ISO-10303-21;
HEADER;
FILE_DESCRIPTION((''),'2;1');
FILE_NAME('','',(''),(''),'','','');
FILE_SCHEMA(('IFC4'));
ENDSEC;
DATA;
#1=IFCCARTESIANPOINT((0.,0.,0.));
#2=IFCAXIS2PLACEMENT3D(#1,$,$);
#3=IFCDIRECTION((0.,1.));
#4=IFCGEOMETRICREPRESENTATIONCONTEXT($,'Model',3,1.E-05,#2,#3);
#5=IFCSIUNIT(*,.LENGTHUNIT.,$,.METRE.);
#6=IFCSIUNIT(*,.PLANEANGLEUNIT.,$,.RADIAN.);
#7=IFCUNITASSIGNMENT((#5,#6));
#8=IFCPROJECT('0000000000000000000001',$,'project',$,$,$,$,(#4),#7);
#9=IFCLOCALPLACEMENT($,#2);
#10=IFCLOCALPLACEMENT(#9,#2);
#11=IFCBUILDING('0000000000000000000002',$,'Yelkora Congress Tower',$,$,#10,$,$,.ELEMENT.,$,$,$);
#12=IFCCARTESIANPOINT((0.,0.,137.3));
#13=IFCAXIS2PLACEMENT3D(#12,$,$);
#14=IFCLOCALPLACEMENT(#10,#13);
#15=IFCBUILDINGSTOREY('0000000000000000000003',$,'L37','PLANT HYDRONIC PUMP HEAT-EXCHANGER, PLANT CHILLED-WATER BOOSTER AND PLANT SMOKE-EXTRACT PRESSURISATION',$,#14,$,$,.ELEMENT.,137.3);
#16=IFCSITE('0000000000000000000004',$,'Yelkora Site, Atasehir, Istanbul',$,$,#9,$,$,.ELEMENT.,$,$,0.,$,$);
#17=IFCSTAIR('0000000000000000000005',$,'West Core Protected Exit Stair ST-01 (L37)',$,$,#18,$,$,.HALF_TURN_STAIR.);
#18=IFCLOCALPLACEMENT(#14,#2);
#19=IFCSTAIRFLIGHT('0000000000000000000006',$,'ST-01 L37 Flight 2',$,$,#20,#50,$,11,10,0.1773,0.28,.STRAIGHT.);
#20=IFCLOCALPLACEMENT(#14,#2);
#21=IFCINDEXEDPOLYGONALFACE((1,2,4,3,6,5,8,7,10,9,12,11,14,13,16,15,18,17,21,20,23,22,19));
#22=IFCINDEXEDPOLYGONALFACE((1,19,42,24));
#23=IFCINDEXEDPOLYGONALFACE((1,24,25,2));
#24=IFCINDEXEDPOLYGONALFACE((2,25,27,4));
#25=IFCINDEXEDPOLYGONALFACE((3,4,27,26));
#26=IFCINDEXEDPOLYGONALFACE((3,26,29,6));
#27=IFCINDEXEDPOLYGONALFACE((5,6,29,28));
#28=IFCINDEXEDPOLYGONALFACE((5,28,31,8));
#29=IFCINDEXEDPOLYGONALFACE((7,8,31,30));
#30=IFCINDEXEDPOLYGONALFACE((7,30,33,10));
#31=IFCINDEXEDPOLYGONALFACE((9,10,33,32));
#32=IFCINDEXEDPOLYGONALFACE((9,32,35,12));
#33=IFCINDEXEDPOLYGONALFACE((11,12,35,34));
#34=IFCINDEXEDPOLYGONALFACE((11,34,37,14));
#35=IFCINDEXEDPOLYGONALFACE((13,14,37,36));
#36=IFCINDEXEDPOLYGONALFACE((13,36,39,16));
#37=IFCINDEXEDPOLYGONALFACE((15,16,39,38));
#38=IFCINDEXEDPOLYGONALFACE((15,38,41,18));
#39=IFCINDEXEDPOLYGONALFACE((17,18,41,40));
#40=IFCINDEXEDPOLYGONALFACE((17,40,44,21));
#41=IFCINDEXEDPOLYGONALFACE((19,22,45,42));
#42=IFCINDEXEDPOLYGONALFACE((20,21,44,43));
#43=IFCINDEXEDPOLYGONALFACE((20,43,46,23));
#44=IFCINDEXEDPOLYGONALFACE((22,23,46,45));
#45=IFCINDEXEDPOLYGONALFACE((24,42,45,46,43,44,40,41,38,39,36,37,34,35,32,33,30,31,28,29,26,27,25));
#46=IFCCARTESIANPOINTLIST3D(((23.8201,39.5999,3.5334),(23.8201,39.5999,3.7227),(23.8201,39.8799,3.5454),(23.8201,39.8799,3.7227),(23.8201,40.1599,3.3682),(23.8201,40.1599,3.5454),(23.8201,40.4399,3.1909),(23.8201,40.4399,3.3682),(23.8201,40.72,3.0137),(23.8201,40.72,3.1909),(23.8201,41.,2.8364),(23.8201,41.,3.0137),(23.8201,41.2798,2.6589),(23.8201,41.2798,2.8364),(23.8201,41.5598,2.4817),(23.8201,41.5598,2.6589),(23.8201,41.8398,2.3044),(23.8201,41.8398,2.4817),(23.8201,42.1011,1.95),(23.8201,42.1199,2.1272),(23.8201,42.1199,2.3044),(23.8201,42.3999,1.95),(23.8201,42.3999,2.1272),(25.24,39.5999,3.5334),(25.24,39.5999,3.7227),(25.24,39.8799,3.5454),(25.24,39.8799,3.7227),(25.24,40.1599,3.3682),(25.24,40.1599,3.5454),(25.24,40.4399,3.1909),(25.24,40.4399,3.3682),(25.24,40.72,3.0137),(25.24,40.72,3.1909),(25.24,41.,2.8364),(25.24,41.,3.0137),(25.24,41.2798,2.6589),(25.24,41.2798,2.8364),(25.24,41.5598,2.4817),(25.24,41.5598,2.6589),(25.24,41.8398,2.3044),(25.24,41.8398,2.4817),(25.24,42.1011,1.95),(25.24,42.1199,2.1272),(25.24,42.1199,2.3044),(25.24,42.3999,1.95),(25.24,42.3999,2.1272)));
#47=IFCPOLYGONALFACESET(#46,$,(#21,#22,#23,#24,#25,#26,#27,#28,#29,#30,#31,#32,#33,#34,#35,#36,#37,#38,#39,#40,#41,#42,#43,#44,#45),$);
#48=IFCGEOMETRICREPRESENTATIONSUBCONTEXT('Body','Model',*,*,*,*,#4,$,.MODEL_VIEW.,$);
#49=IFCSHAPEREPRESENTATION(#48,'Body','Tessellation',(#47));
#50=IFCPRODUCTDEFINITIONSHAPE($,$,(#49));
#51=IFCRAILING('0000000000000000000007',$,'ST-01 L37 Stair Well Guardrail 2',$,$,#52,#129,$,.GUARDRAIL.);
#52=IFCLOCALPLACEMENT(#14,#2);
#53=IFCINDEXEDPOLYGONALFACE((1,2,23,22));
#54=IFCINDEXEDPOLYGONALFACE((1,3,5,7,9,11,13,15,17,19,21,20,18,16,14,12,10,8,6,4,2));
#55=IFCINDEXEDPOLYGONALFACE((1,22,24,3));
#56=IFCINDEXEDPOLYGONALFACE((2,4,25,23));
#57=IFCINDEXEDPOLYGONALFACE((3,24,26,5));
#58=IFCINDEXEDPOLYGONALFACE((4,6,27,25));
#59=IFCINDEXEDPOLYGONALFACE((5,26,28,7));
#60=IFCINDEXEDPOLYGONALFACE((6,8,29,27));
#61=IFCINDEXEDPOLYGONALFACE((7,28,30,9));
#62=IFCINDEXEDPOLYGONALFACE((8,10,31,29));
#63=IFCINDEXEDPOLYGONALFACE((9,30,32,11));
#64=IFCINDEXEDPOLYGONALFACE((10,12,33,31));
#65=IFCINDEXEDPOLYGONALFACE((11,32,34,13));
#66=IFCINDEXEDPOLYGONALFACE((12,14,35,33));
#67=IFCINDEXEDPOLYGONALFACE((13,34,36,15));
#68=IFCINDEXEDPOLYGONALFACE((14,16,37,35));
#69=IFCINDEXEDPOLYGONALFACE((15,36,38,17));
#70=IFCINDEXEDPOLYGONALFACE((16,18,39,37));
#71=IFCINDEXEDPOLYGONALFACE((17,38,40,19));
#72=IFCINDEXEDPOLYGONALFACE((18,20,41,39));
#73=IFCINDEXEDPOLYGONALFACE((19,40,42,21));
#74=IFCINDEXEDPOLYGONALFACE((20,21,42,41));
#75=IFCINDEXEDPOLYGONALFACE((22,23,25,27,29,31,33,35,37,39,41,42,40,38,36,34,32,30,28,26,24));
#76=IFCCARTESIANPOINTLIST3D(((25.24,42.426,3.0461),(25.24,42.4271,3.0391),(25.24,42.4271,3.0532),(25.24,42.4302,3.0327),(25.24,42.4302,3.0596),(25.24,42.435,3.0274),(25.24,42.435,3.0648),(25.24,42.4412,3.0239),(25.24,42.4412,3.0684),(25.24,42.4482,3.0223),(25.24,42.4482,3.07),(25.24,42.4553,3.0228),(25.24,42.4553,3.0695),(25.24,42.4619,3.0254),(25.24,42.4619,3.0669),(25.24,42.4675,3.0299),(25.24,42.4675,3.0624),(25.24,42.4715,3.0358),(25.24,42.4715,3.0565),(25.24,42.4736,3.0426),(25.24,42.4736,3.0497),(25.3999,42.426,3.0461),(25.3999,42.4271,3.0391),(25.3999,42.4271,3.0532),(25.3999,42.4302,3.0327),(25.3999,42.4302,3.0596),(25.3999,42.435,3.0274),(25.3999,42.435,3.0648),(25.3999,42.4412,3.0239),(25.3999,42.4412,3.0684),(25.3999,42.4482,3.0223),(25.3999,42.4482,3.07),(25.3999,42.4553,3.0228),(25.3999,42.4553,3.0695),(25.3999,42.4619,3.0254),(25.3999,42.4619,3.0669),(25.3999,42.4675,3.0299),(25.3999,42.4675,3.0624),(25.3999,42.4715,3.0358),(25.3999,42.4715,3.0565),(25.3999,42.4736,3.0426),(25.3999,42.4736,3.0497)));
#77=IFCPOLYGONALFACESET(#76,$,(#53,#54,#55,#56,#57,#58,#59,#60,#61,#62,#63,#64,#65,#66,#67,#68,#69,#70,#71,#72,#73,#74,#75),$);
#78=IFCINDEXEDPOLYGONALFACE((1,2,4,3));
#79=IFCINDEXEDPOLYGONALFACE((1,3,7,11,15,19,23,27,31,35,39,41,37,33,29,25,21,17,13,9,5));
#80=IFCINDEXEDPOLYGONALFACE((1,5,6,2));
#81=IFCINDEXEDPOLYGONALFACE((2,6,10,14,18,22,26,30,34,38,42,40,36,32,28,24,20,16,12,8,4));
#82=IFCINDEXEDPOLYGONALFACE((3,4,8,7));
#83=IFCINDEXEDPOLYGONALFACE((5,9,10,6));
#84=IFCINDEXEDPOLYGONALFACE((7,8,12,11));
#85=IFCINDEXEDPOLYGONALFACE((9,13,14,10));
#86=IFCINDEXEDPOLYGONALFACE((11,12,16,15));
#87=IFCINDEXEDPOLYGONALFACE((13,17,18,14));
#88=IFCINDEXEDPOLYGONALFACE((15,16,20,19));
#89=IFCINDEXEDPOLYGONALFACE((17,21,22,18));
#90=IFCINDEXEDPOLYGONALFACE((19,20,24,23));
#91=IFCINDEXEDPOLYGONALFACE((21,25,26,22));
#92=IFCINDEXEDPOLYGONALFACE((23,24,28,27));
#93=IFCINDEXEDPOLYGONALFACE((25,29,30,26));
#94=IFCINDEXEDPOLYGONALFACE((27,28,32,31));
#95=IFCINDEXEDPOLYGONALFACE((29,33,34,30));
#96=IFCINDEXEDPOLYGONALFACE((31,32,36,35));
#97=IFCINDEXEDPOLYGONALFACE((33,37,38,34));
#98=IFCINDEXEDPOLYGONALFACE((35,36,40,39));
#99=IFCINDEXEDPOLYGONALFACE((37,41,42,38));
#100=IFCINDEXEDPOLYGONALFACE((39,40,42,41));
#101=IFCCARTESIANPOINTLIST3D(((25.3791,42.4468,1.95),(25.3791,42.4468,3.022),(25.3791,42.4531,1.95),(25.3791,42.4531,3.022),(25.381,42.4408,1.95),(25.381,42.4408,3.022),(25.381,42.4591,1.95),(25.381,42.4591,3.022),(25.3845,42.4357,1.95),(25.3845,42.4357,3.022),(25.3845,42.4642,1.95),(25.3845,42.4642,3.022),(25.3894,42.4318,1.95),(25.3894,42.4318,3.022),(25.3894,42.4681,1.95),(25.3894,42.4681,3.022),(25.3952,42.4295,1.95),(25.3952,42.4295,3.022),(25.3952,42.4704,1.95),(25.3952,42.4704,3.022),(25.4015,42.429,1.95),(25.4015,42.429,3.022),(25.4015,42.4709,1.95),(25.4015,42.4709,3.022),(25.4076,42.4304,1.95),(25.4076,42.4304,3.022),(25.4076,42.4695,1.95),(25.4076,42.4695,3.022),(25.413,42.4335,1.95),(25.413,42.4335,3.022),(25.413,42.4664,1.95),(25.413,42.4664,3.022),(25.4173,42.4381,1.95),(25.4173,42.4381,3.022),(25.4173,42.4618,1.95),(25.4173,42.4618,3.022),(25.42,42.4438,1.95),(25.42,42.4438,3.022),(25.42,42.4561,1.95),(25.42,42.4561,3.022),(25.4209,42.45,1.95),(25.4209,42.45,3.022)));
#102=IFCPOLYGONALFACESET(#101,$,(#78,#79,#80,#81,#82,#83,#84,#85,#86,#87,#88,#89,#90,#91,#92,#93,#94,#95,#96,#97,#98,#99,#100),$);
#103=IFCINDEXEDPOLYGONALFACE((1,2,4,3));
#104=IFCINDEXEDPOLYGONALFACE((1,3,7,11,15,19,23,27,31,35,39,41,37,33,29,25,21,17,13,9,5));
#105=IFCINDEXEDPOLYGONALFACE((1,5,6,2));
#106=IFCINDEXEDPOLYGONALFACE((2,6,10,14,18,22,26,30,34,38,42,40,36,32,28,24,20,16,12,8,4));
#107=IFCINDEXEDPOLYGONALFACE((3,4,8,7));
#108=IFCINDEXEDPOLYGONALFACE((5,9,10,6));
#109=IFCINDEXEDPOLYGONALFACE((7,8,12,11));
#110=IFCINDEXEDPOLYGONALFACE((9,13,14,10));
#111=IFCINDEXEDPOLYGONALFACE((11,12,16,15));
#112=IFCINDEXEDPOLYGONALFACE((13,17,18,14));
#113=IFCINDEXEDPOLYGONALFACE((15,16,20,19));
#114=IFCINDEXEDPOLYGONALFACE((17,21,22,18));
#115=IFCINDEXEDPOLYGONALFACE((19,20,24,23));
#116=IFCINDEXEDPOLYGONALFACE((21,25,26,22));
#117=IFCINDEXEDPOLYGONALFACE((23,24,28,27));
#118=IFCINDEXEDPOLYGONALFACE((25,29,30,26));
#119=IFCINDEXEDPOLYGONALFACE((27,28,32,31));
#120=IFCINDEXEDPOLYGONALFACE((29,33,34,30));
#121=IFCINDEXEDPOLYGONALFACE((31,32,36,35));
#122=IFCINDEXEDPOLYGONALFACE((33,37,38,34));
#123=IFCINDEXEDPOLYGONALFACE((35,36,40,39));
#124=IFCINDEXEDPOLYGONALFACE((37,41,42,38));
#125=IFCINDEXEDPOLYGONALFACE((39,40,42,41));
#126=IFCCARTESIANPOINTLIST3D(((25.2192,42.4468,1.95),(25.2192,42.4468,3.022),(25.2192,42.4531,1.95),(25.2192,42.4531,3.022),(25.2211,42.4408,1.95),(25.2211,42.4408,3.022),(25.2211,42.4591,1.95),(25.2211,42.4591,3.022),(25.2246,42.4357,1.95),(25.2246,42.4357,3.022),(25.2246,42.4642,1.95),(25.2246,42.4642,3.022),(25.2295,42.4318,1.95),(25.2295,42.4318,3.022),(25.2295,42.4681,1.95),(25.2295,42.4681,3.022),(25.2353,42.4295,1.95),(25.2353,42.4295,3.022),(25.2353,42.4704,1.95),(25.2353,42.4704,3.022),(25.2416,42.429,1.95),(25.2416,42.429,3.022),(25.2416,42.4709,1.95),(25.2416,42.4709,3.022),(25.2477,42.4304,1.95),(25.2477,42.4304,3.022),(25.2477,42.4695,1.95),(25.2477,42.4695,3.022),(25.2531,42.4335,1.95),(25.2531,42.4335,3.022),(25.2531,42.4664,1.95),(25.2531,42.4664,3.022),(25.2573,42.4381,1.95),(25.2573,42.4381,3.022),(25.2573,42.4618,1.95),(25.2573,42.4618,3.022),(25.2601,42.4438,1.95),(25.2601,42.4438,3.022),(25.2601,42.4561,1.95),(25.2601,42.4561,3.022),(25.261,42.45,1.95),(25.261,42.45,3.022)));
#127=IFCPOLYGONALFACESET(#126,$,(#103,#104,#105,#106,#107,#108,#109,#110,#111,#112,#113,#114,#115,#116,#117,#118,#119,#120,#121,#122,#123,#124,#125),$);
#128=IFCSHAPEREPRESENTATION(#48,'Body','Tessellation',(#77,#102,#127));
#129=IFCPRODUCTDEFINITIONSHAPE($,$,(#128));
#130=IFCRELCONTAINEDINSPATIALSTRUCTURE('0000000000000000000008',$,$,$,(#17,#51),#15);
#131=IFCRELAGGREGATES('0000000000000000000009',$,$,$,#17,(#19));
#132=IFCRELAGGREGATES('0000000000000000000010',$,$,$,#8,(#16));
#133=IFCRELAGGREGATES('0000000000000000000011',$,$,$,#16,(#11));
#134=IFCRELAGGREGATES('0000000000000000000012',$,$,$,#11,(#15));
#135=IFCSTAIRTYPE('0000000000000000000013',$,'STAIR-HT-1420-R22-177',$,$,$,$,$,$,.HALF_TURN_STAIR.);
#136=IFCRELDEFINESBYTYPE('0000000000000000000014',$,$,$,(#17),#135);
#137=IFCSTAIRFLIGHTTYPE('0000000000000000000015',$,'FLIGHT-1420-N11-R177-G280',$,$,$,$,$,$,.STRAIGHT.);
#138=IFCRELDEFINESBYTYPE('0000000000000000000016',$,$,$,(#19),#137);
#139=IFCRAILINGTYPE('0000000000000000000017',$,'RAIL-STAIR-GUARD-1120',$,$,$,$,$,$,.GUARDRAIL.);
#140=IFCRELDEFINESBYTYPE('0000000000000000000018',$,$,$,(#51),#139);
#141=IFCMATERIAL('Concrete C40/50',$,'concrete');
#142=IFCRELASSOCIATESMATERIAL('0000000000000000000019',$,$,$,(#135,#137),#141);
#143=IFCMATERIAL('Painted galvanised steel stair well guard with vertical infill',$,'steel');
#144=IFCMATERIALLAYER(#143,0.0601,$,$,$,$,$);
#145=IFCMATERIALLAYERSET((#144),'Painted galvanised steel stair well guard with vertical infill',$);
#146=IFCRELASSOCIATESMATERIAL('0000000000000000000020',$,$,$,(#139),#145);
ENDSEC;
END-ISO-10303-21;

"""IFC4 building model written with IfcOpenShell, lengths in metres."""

from ifc_helpers import new_model, si_unit, direction, frame, origin, origin_2d, place, context, subcontext, project, spatial, polyline, circle, outline, extrude, material, layer, layer_set, type_object, element, aggregate, save


model = new_model("IFC4")

# Units and contexts
model_context = context("Model", 3, precision=1e-05, world=origin(), true_north=direction((0.0, 1.0)))
body_context = subcontext(model_context, "Body", "Model", "MODEL_VIEW")
ifc_project = project(units=[si_unit("LENGTHUNIT", "METRE"), si_unit("PLANEANGLEUNIT", "RADIAN")], contexts=[model_context])

# Site, building, storey
site_placement = place(None, origin())
site = spatial("IfcSite", under=ifc_project, at=site_placement, Name="Yelkora Site, Atasehir, Istanbul", CompositionType="ELEMENT", RefElevation=0.0)
building_placement = place(site_placement, origin())
building = spatial("IfcBuilding", under=site, at=building_placement, Name="Yelkora Congress Tower", CompositionType="ELEMENT")
storey_placement = place(building_placement, frame((0.0, 0.0, 137.3)))
storey = spatial("IfcBuildingStorey", under=building, at=storey_placement, Name="L37", Description="PLANT HYDRONIC PUMP HEAT-EXCHANGER, PLANT CHILLED-WATER BOOSTER AND PLANT SMOKE-EXTRACT PRESSURISATION", CompositionType="ELEMENT", Elevation=137.3)

# Stair, stair flight
ifc_material_1 = material(Name="Concrete C40/50", Category="concrete")
stair_type = type_object("IfcStairType", Name="STAIR-HT-1420-R22-177", PredefinedType="HALF_TURN_STAIR", material=ifc_material_1)
stair_placement = place(storey_placement, origin())
stair = element("IfcStair", 1, at=stair_placement, inside=storey, type_object=stair_type, Name="West Core Protected Exit Stair ST-01 (L37)", PredefinedType="HALF_TURN_STAIR")
stair_flight_type = type_object("IfcStairFlightType", Name="FLIGHT-1420-N11-R177-G280", PredefinedType="STRAIGHT", material=ifc_material_1)
stair_flight_placement = place(storey_placement, frame((24.53, 42.3999, 1.95), z_axis=(0.0, 0.0, 1.0), x_axis=(0.0, -1.0, 0.0)))
stair_flight = element("IfcStairFlight", 2, at=stair_flight_placement, type_object=stair_flight_type, Name="ST-01 L37 Flight 2", NumberOfRisers=11, NumberOfTreads=10, PredefinedType="STRAIGHT", RiserHeight=0.1773, TreadLength=0.28, context=body_context, shape_type="SweptSolid", body=[
    extrude(outline(polyline([(0.0, 0.0), (0.0, 0.1772), (0.28, 0.1772), (0.28, 0.3545), (0.5601, 0.3545), (0.5601, 0.5317), (0.8401, 0.5317), (0.8401, 0.709), (1.1201, 0.709), (1.1201, 0.8865), (1.3999, 0.8865), (1.3999, 1.0637), (1.6799, 1.0637), (1.6799, 1.241), (1.96, 1.241), (1.96, 1.4182), (2.24, 1.4182), (2.24, 1.5955), (2.52, 1.5955), (2.52, 1.7727), (2.8, 1.7727), (2.8, 1.95), (2.8, 1.5835), (0.2988, 0.0), (0.0, 0.0)])), frame((0.0, 0.71, 0.0), z_axis=(0.0, -1.0, 0.0), x_axis=(1.0, 0.0, 0.0)), (0.0, 0.0, 1.0), 1.4199),
])
aggregate(stair, [stair_flight])

# Railing
ifc_material_2 = material(Name="Painted galvanised steel stair well guard with vertical infill", Category="steel")
ifc_layer_1 = layer(ifc_material_2, 0.0601)
ifc_layer_set_1 = layer_set([ifc_layer_1], Name="Painted galvanised steel stair well guard with vertical infill")
railing_type_1 = type_object("IfcRailingType", Name="RAIL-STAIR-GUARD-1120", PredefinedType="GUARDRAIL", material=ifc_layer_set_1)
railing_1_placement = place(storey_placement, frame((25.3999, 42.45, 1.95)))
element("IfcRailing", 3, at=railing_1_placement, inside=storey, type_object=railing_type_1, Name="ST-01 L37 Stair Well Guardrail 2", PredefinedType="GUARDRAIL", context=body_context, shape_type="SweptSolid", body=[
    extrude(circle(Radius=0.0239, at=origin_2d()), frame((0.0, 0.0, 1.0962), z_axis=(-1.0, 0.0, 0.0), x_axis=(0.0, -1.0, 0.0)), (0.0, 0.0, 1.0), 0.1599),
    extrude(circle(Radius=0.021, at=origin_2d()), origin(), (0.0, 0.0, 1.0), 1.072),
    extrude(circle(Radius=0.021, at=origin_2d()), frame((-0.1599, 0.0, 0.0)), (0.0, 0.0, 1.0), 1.072),
])

save(model, "model.ifc")
